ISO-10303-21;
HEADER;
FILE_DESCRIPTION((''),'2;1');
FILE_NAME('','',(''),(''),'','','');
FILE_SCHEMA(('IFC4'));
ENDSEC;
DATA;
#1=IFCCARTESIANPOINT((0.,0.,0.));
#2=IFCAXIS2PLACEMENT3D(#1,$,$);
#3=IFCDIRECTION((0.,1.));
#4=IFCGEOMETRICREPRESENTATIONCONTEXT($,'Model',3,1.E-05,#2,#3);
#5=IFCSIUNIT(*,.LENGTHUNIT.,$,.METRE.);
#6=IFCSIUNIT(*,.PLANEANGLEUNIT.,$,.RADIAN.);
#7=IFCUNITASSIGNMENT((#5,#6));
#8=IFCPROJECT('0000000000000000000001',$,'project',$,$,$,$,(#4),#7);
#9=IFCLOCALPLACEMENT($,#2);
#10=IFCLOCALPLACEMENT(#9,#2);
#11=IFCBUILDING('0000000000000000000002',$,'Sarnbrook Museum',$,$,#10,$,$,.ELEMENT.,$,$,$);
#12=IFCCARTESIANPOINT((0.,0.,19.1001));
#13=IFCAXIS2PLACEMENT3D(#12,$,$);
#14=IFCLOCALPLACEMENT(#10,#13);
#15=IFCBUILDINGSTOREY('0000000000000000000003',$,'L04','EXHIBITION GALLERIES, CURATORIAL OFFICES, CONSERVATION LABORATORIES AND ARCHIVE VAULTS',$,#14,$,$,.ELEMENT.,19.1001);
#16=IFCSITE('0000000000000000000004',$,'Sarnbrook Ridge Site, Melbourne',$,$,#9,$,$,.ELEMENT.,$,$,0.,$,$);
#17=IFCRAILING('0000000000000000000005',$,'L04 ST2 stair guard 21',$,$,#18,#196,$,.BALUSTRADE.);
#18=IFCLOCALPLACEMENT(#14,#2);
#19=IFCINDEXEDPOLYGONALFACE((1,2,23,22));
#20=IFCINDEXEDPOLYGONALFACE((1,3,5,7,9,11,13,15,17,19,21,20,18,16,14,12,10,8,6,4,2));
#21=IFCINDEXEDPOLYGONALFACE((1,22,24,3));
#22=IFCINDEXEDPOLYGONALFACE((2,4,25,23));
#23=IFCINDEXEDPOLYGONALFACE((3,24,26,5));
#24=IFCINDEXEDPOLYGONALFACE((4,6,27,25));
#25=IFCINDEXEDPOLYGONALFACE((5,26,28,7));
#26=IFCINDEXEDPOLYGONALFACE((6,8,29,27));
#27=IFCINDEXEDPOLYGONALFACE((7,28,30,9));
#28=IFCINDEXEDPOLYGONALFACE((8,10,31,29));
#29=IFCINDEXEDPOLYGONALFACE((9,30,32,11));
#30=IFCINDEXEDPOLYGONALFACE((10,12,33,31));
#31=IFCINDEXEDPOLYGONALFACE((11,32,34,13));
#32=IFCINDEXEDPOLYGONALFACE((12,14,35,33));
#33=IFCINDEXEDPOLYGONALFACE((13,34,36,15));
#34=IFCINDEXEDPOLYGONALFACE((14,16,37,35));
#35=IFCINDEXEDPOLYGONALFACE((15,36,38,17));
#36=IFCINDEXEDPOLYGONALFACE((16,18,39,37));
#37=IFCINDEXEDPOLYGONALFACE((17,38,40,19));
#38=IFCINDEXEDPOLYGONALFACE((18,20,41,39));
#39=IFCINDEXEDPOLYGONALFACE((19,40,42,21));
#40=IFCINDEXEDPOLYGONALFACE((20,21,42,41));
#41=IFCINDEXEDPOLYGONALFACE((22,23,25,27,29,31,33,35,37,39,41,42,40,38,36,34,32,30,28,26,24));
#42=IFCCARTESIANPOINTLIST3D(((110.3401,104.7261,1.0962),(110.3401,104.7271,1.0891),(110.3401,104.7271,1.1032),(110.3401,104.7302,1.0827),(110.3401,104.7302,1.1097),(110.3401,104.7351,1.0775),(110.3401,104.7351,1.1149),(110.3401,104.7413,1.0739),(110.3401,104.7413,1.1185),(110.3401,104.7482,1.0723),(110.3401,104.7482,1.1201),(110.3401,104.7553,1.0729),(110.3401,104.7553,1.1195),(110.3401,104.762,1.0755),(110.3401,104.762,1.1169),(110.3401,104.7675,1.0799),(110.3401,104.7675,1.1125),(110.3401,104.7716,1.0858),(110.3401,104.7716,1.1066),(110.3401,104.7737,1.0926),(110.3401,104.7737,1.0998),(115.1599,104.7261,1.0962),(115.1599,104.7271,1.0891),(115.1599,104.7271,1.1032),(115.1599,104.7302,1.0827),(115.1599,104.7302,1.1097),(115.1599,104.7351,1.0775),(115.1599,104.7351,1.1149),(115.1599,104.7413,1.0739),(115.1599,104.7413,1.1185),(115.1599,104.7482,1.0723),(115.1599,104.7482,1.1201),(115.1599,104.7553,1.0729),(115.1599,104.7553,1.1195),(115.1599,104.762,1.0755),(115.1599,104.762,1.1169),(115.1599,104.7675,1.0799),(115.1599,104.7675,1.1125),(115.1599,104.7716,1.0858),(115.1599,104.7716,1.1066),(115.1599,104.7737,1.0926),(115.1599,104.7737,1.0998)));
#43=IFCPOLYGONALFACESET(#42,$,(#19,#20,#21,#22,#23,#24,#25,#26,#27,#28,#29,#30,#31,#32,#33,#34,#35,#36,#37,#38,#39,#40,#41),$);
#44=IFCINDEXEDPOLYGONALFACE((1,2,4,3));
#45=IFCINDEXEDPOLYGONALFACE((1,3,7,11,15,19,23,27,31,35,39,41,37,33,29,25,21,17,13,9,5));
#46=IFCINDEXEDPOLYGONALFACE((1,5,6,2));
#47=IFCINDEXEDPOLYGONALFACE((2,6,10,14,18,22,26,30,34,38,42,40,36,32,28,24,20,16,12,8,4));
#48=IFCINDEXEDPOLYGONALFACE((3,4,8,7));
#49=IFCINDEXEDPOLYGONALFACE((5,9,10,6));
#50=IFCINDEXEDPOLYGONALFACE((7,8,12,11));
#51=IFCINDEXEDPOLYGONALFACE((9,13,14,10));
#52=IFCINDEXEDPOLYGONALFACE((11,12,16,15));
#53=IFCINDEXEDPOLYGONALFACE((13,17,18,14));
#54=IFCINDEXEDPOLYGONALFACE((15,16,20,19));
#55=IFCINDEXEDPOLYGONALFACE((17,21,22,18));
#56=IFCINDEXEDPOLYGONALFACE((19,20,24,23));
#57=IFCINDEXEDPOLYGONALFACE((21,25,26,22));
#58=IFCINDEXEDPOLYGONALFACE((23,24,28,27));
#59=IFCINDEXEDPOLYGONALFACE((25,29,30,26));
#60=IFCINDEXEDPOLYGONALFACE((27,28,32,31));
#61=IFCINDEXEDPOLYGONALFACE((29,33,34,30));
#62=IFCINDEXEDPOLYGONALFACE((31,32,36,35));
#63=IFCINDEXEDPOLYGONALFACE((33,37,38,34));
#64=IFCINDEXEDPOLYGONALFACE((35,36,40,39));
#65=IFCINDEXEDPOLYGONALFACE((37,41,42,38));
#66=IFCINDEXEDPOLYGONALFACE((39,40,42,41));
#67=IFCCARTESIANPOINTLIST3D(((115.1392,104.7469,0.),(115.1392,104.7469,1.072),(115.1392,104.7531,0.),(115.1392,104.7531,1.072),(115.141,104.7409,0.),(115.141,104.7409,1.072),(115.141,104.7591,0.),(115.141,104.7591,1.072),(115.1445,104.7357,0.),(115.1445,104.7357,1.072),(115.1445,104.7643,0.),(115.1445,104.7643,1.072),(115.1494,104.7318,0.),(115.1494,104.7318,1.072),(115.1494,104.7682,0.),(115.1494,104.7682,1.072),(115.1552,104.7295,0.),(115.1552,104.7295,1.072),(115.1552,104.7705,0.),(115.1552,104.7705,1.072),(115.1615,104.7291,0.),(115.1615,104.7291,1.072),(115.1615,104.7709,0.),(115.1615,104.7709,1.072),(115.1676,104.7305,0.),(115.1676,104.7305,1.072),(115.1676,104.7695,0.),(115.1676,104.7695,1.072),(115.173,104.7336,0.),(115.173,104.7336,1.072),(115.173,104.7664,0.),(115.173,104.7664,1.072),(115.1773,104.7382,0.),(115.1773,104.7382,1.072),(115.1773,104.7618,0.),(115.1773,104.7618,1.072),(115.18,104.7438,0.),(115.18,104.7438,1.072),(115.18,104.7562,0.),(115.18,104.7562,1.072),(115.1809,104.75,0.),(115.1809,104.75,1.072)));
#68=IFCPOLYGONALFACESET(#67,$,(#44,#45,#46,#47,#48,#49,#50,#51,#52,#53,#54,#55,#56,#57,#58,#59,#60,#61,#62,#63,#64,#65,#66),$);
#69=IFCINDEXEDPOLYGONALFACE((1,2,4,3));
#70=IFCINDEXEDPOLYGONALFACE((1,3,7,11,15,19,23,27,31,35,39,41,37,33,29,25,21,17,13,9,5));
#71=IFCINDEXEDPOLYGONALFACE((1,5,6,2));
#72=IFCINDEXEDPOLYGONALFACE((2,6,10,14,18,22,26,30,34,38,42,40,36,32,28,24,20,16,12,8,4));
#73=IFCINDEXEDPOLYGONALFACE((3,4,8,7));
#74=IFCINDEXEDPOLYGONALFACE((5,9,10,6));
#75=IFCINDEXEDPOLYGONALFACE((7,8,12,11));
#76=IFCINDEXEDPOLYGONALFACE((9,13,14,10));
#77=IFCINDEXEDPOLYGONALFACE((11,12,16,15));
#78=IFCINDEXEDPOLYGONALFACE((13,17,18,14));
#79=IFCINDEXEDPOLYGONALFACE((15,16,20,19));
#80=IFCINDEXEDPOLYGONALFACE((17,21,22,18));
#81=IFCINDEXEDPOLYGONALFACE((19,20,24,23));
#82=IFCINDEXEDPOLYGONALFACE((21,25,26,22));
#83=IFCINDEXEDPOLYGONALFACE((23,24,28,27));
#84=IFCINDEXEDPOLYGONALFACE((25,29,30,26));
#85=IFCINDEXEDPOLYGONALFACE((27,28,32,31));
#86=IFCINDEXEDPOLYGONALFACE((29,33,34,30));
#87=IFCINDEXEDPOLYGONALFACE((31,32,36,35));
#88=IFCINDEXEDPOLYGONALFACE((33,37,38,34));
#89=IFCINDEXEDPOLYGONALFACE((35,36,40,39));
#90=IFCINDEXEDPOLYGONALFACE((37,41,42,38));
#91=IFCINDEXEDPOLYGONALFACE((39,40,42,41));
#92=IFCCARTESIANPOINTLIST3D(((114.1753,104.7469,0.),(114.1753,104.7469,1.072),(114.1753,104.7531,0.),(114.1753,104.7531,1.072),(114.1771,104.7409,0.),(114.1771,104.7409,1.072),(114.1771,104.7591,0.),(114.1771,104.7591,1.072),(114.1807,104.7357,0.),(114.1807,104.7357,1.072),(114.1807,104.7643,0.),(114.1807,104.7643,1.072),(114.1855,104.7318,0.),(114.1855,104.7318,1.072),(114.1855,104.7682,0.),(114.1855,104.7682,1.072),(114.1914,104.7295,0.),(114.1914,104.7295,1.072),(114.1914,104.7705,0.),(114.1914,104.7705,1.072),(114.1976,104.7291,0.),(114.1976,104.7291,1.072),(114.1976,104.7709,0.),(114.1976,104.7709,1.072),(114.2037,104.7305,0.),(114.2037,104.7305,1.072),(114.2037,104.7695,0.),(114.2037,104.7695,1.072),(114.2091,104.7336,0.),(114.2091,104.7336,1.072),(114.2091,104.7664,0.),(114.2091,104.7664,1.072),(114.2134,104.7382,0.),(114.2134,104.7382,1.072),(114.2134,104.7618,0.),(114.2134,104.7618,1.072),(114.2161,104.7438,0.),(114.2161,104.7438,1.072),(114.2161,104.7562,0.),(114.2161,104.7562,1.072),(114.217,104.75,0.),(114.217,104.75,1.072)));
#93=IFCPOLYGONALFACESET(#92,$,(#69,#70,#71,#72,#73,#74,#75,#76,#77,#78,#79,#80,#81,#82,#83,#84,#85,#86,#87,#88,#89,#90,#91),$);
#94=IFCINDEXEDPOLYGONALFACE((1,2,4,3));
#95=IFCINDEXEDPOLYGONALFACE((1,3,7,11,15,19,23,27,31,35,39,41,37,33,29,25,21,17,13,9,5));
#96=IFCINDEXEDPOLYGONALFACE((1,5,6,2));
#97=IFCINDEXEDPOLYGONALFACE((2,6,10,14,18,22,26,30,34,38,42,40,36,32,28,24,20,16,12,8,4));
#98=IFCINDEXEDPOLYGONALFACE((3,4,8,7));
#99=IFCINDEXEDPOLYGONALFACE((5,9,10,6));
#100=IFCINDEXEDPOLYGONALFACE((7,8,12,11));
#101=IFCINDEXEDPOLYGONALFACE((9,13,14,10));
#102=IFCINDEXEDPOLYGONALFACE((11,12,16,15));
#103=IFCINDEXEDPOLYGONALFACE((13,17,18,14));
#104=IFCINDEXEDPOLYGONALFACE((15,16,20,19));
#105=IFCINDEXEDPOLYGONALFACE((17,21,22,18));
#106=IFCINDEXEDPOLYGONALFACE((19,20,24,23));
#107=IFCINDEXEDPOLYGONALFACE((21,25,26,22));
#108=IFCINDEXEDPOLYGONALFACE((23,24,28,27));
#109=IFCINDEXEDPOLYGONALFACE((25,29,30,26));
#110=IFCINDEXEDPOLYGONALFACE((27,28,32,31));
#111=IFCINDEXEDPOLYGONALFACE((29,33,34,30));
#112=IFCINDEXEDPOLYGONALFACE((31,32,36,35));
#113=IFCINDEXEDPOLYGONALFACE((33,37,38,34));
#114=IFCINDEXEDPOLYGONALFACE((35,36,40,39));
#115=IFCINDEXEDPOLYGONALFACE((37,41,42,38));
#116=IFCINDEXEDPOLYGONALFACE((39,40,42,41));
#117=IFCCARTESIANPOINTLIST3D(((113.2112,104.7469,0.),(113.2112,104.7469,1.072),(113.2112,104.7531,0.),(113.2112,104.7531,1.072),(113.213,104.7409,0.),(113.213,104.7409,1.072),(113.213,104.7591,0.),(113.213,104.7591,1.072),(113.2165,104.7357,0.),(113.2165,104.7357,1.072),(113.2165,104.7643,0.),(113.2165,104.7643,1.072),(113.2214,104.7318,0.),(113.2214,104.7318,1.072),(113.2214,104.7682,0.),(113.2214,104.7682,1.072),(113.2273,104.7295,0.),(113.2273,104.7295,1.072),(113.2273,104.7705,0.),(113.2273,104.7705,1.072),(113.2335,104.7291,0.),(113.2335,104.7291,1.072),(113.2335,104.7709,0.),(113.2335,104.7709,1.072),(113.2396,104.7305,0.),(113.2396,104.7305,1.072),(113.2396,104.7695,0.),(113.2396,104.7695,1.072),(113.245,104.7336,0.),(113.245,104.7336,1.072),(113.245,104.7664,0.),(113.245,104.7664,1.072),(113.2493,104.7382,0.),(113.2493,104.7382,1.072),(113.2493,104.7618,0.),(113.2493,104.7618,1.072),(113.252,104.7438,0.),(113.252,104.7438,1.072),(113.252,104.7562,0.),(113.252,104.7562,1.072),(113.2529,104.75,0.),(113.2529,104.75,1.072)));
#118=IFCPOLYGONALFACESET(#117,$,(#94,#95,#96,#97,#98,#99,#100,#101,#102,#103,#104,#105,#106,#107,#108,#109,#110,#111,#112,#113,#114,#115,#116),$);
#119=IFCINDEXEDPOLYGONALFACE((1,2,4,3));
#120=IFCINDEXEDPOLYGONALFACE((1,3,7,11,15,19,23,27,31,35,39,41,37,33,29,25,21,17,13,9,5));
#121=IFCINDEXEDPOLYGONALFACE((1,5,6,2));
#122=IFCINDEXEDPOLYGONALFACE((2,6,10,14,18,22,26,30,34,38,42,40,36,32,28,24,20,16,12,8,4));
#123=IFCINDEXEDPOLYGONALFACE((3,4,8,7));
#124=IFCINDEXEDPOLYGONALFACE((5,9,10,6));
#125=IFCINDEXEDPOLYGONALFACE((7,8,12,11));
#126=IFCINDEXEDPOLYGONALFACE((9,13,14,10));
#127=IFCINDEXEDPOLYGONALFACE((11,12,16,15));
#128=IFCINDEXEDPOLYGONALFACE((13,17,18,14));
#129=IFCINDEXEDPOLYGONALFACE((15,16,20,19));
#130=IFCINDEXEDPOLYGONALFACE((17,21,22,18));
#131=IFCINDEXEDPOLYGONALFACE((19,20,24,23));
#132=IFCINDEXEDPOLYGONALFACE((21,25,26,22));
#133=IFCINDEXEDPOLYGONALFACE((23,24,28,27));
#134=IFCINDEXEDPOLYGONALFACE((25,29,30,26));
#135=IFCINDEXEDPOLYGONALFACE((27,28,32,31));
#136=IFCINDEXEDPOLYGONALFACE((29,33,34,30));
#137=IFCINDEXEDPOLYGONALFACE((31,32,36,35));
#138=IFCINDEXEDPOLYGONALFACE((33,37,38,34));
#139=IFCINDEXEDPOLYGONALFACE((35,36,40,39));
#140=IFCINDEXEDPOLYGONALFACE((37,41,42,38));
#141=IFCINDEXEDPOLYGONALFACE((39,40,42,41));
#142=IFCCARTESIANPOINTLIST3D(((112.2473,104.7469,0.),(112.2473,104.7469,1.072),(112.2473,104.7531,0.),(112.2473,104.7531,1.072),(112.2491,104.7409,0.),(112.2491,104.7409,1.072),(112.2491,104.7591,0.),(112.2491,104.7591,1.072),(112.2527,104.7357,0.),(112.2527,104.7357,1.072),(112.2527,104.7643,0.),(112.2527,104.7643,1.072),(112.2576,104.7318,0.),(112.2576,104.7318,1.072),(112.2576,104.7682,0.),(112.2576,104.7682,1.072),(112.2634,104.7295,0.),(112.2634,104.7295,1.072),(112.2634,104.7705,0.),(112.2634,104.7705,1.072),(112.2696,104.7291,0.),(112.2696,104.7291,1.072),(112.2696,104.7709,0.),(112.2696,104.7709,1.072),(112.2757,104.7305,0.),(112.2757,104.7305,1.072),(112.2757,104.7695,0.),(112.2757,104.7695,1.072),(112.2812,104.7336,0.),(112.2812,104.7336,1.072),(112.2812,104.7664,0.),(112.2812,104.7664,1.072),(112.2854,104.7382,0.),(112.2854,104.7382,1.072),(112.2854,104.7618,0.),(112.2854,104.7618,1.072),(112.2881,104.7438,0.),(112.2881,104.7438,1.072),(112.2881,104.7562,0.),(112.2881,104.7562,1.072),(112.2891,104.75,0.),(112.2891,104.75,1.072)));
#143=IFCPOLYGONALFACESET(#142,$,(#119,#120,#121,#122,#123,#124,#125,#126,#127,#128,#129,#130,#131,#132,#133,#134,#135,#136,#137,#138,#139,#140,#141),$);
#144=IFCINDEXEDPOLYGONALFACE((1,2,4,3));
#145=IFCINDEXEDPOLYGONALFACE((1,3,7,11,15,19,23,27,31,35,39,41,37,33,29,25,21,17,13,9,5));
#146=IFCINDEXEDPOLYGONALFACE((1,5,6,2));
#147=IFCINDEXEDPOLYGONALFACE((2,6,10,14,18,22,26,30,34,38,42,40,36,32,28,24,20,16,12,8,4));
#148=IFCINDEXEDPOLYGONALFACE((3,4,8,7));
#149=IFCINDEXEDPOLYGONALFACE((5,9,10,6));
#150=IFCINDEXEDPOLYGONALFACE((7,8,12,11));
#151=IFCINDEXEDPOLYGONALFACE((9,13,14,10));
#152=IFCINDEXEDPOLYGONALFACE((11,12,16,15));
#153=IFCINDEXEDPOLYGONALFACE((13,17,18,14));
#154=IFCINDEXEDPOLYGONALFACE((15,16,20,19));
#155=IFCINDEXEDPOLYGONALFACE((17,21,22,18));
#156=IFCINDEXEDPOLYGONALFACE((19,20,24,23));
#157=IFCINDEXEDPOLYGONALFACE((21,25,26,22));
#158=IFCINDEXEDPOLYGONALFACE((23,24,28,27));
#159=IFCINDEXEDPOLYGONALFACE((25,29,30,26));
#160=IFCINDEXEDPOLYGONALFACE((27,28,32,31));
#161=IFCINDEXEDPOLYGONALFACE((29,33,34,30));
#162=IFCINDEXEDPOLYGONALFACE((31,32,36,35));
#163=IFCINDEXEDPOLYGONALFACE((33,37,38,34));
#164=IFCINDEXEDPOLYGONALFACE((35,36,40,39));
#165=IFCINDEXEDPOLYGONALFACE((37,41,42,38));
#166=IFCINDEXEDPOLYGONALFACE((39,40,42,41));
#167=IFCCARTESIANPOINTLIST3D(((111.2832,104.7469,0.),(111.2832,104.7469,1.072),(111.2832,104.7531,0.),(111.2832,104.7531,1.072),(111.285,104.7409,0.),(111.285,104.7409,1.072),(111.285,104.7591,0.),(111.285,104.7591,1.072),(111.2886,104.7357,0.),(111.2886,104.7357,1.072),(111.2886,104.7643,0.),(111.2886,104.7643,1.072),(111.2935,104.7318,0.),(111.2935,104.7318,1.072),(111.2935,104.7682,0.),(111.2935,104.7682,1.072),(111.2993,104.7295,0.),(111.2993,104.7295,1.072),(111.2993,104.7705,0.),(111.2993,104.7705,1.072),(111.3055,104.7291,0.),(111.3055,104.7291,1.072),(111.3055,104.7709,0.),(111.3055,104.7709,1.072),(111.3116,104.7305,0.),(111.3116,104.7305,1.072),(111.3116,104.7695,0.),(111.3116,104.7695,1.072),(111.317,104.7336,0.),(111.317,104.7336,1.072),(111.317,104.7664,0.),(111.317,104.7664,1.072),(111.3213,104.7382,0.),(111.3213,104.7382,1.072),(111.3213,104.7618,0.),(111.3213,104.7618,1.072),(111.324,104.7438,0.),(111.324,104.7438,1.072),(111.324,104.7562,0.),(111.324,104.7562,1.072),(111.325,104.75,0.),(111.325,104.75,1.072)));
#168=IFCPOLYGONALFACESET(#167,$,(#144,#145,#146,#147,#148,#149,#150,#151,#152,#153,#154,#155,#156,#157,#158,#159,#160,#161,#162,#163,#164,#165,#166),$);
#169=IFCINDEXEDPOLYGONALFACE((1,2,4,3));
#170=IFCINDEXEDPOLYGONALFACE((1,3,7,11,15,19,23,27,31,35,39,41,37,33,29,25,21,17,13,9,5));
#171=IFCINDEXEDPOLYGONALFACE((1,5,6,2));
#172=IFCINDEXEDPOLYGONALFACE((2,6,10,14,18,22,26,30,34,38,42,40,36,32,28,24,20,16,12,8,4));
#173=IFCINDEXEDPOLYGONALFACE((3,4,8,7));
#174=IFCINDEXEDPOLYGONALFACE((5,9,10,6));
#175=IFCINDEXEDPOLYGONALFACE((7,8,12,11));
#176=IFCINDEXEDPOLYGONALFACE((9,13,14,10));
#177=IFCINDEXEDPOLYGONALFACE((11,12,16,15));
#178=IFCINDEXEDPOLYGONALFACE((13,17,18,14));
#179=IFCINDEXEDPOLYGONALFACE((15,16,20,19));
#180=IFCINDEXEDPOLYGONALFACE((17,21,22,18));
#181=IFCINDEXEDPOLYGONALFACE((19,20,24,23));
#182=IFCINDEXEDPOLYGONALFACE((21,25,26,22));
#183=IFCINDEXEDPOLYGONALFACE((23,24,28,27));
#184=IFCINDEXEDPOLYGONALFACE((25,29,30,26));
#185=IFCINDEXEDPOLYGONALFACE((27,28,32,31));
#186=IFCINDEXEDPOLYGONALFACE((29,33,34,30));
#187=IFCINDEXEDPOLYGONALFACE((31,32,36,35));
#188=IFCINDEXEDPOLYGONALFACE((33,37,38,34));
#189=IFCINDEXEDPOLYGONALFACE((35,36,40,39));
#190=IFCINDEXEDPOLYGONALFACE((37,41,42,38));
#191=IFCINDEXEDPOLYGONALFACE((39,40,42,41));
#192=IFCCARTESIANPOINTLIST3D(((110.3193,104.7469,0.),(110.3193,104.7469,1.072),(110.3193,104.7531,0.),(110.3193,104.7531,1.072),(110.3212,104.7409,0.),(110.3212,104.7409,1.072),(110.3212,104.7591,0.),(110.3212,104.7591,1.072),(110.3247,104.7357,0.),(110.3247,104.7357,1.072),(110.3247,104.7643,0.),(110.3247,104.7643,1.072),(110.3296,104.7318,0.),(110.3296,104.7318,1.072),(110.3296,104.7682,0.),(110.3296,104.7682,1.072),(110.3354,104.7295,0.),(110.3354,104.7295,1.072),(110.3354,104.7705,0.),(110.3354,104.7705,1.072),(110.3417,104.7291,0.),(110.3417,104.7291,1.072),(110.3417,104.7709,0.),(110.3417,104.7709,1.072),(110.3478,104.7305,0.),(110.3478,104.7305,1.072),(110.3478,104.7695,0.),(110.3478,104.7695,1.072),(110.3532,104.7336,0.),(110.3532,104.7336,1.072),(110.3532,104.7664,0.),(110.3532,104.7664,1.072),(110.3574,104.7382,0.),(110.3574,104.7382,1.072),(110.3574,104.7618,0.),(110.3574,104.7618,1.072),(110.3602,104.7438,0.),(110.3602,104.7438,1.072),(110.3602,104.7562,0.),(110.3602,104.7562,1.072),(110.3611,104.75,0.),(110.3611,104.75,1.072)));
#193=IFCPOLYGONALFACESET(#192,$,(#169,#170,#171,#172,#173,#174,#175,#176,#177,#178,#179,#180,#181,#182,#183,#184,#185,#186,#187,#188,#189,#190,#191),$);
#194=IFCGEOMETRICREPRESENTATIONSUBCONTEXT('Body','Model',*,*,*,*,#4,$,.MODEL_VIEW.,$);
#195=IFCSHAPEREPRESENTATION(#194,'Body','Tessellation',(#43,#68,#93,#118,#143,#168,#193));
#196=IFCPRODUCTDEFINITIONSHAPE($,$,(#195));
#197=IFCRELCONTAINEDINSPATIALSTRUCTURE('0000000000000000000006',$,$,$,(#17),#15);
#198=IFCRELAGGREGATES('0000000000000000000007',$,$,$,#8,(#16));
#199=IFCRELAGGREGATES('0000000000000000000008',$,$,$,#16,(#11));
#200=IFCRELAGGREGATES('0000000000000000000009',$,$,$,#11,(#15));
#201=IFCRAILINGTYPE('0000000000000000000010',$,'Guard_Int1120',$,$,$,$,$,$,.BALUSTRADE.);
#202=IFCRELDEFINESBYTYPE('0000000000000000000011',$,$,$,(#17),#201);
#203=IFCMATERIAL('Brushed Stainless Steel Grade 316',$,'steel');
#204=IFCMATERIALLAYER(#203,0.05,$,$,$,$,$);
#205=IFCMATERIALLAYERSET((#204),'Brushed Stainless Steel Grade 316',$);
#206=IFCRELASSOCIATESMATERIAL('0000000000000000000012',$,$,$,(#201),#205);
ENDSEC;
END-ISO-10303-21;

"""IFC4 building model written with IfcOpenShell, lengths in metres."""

from ifc_helpers import new_model, si_unit, direction, frame, origin, origin_2d, place, context, subcontext, project, spatial, circle, extrude, material, layer, layer_set, type_object, element, save


model = new_model("IFC4")

# Units and contexts
model_context = context("Model", 3, precision=1e-05, world=origin(), true_north=direction((0.0, 1.0)))
body_context = subcontext(model_context, "Body", "Model", "MODEL_VIEW")
ifc_project = project(units=[si_unit("LENGTHUNIT", "METRE"), si_unit("PLANEANGLEUNIT", "RADIAN")], contexts=[model_context])

# Site, building, storey
site_placement = place(None, origin())
site = spatial("IfcSite", under=ifc_project, at=site_placement, Name="Sarnbrook Ridge Site, Melbourne", CompositionType="ELEMENT", RefElevation=0.0)
building_placement = place(site_placement, origin())
building = spatial("IfcBuilding", under=site, at=building_placement, Name="Sarnbrook Museum", CompositionType="ELEMENT")
storey_placement = place(building_placement, frame((0.0, 0.0, 19.1001)))
storey = spatial("IfcBuildingStorey", under=building, at=storey_placement, Name="L04", Description="EXHIBITION GALLERIES, CURATORIAL OFFICES, CONSERVATION LABORATORIES AND ARCHIVE VAULTS", CompositionType="ELEMENT", Elevation=19.1001)

# Railing
ifc_material_1 = material(Name="Brushed Stainless Steel Grade 316", Category="steel")
ifc_layer_1 = layer(ifc_material_1, 0.05)
ifc_layer_set_1 = layer_set([ifc_layer_1], Name="Brushed Stainless Steel Grade 316")
railing_type = type_object("IfcRailingType", Name="Guard_Int1120", PredefinedType="BALUSTRADE", material=ifc_layer_set_1)
railing_placement = place(storey_placement, frame((115.1599, 104.75, 0.0)))
element("IfcRailing", 1, at=railing_placement, inside=storey, type_object=railing_type, Name="L04 ST2 stair guard 21", PredefinedType="BALUSTRADE", context=body_context, shape_type="SweptSolid", body=[
    extrude(circle(Radius=0.0239, at=origin_2d()), frame((0.0, 0.0, 1.0962), z_axis=(-1.0, 0.0, 0.0), x_axis=(0.0, -1.0, 0.0)), (0.0, 0.0, 1.0), 4.8198),
    extrude(circle(Radius=0.021, at=origin_2d()), origin(), (0.0, 0.0, 1.0), 1.072),
    extrude(circle(Radius=0.021, at=origin_2d()), frame((-0.9639, 0.0, 0.0)), (0.0, 0.0, 1.0), 1.072),
    extrude(circle(Radius=0.021, at=origin_2d()), frame((-1.928, 0.0, 0.0)), (0.0, 0.0, 1.0), 1.072),
    extrude(circle(Radius=0.021, at=origin_2d()), frame((-2.8918, 0.0, 0.0)), (0.0, 0.0, 1.0), 1.072),
    extrude(circle(Radius=0.021, at=origin_2d()), frame((-3.856, 0.0, 0.0)), (0.0, 0.0, 1.0), 1.072),
    extrude(circle(Radius=0.021, at=origin_2d()), frame((-4.8198, 0.0, 0.0)), (0.0, 0.0, 1.0), 1.072),
])

save(model, "model.ifc")
